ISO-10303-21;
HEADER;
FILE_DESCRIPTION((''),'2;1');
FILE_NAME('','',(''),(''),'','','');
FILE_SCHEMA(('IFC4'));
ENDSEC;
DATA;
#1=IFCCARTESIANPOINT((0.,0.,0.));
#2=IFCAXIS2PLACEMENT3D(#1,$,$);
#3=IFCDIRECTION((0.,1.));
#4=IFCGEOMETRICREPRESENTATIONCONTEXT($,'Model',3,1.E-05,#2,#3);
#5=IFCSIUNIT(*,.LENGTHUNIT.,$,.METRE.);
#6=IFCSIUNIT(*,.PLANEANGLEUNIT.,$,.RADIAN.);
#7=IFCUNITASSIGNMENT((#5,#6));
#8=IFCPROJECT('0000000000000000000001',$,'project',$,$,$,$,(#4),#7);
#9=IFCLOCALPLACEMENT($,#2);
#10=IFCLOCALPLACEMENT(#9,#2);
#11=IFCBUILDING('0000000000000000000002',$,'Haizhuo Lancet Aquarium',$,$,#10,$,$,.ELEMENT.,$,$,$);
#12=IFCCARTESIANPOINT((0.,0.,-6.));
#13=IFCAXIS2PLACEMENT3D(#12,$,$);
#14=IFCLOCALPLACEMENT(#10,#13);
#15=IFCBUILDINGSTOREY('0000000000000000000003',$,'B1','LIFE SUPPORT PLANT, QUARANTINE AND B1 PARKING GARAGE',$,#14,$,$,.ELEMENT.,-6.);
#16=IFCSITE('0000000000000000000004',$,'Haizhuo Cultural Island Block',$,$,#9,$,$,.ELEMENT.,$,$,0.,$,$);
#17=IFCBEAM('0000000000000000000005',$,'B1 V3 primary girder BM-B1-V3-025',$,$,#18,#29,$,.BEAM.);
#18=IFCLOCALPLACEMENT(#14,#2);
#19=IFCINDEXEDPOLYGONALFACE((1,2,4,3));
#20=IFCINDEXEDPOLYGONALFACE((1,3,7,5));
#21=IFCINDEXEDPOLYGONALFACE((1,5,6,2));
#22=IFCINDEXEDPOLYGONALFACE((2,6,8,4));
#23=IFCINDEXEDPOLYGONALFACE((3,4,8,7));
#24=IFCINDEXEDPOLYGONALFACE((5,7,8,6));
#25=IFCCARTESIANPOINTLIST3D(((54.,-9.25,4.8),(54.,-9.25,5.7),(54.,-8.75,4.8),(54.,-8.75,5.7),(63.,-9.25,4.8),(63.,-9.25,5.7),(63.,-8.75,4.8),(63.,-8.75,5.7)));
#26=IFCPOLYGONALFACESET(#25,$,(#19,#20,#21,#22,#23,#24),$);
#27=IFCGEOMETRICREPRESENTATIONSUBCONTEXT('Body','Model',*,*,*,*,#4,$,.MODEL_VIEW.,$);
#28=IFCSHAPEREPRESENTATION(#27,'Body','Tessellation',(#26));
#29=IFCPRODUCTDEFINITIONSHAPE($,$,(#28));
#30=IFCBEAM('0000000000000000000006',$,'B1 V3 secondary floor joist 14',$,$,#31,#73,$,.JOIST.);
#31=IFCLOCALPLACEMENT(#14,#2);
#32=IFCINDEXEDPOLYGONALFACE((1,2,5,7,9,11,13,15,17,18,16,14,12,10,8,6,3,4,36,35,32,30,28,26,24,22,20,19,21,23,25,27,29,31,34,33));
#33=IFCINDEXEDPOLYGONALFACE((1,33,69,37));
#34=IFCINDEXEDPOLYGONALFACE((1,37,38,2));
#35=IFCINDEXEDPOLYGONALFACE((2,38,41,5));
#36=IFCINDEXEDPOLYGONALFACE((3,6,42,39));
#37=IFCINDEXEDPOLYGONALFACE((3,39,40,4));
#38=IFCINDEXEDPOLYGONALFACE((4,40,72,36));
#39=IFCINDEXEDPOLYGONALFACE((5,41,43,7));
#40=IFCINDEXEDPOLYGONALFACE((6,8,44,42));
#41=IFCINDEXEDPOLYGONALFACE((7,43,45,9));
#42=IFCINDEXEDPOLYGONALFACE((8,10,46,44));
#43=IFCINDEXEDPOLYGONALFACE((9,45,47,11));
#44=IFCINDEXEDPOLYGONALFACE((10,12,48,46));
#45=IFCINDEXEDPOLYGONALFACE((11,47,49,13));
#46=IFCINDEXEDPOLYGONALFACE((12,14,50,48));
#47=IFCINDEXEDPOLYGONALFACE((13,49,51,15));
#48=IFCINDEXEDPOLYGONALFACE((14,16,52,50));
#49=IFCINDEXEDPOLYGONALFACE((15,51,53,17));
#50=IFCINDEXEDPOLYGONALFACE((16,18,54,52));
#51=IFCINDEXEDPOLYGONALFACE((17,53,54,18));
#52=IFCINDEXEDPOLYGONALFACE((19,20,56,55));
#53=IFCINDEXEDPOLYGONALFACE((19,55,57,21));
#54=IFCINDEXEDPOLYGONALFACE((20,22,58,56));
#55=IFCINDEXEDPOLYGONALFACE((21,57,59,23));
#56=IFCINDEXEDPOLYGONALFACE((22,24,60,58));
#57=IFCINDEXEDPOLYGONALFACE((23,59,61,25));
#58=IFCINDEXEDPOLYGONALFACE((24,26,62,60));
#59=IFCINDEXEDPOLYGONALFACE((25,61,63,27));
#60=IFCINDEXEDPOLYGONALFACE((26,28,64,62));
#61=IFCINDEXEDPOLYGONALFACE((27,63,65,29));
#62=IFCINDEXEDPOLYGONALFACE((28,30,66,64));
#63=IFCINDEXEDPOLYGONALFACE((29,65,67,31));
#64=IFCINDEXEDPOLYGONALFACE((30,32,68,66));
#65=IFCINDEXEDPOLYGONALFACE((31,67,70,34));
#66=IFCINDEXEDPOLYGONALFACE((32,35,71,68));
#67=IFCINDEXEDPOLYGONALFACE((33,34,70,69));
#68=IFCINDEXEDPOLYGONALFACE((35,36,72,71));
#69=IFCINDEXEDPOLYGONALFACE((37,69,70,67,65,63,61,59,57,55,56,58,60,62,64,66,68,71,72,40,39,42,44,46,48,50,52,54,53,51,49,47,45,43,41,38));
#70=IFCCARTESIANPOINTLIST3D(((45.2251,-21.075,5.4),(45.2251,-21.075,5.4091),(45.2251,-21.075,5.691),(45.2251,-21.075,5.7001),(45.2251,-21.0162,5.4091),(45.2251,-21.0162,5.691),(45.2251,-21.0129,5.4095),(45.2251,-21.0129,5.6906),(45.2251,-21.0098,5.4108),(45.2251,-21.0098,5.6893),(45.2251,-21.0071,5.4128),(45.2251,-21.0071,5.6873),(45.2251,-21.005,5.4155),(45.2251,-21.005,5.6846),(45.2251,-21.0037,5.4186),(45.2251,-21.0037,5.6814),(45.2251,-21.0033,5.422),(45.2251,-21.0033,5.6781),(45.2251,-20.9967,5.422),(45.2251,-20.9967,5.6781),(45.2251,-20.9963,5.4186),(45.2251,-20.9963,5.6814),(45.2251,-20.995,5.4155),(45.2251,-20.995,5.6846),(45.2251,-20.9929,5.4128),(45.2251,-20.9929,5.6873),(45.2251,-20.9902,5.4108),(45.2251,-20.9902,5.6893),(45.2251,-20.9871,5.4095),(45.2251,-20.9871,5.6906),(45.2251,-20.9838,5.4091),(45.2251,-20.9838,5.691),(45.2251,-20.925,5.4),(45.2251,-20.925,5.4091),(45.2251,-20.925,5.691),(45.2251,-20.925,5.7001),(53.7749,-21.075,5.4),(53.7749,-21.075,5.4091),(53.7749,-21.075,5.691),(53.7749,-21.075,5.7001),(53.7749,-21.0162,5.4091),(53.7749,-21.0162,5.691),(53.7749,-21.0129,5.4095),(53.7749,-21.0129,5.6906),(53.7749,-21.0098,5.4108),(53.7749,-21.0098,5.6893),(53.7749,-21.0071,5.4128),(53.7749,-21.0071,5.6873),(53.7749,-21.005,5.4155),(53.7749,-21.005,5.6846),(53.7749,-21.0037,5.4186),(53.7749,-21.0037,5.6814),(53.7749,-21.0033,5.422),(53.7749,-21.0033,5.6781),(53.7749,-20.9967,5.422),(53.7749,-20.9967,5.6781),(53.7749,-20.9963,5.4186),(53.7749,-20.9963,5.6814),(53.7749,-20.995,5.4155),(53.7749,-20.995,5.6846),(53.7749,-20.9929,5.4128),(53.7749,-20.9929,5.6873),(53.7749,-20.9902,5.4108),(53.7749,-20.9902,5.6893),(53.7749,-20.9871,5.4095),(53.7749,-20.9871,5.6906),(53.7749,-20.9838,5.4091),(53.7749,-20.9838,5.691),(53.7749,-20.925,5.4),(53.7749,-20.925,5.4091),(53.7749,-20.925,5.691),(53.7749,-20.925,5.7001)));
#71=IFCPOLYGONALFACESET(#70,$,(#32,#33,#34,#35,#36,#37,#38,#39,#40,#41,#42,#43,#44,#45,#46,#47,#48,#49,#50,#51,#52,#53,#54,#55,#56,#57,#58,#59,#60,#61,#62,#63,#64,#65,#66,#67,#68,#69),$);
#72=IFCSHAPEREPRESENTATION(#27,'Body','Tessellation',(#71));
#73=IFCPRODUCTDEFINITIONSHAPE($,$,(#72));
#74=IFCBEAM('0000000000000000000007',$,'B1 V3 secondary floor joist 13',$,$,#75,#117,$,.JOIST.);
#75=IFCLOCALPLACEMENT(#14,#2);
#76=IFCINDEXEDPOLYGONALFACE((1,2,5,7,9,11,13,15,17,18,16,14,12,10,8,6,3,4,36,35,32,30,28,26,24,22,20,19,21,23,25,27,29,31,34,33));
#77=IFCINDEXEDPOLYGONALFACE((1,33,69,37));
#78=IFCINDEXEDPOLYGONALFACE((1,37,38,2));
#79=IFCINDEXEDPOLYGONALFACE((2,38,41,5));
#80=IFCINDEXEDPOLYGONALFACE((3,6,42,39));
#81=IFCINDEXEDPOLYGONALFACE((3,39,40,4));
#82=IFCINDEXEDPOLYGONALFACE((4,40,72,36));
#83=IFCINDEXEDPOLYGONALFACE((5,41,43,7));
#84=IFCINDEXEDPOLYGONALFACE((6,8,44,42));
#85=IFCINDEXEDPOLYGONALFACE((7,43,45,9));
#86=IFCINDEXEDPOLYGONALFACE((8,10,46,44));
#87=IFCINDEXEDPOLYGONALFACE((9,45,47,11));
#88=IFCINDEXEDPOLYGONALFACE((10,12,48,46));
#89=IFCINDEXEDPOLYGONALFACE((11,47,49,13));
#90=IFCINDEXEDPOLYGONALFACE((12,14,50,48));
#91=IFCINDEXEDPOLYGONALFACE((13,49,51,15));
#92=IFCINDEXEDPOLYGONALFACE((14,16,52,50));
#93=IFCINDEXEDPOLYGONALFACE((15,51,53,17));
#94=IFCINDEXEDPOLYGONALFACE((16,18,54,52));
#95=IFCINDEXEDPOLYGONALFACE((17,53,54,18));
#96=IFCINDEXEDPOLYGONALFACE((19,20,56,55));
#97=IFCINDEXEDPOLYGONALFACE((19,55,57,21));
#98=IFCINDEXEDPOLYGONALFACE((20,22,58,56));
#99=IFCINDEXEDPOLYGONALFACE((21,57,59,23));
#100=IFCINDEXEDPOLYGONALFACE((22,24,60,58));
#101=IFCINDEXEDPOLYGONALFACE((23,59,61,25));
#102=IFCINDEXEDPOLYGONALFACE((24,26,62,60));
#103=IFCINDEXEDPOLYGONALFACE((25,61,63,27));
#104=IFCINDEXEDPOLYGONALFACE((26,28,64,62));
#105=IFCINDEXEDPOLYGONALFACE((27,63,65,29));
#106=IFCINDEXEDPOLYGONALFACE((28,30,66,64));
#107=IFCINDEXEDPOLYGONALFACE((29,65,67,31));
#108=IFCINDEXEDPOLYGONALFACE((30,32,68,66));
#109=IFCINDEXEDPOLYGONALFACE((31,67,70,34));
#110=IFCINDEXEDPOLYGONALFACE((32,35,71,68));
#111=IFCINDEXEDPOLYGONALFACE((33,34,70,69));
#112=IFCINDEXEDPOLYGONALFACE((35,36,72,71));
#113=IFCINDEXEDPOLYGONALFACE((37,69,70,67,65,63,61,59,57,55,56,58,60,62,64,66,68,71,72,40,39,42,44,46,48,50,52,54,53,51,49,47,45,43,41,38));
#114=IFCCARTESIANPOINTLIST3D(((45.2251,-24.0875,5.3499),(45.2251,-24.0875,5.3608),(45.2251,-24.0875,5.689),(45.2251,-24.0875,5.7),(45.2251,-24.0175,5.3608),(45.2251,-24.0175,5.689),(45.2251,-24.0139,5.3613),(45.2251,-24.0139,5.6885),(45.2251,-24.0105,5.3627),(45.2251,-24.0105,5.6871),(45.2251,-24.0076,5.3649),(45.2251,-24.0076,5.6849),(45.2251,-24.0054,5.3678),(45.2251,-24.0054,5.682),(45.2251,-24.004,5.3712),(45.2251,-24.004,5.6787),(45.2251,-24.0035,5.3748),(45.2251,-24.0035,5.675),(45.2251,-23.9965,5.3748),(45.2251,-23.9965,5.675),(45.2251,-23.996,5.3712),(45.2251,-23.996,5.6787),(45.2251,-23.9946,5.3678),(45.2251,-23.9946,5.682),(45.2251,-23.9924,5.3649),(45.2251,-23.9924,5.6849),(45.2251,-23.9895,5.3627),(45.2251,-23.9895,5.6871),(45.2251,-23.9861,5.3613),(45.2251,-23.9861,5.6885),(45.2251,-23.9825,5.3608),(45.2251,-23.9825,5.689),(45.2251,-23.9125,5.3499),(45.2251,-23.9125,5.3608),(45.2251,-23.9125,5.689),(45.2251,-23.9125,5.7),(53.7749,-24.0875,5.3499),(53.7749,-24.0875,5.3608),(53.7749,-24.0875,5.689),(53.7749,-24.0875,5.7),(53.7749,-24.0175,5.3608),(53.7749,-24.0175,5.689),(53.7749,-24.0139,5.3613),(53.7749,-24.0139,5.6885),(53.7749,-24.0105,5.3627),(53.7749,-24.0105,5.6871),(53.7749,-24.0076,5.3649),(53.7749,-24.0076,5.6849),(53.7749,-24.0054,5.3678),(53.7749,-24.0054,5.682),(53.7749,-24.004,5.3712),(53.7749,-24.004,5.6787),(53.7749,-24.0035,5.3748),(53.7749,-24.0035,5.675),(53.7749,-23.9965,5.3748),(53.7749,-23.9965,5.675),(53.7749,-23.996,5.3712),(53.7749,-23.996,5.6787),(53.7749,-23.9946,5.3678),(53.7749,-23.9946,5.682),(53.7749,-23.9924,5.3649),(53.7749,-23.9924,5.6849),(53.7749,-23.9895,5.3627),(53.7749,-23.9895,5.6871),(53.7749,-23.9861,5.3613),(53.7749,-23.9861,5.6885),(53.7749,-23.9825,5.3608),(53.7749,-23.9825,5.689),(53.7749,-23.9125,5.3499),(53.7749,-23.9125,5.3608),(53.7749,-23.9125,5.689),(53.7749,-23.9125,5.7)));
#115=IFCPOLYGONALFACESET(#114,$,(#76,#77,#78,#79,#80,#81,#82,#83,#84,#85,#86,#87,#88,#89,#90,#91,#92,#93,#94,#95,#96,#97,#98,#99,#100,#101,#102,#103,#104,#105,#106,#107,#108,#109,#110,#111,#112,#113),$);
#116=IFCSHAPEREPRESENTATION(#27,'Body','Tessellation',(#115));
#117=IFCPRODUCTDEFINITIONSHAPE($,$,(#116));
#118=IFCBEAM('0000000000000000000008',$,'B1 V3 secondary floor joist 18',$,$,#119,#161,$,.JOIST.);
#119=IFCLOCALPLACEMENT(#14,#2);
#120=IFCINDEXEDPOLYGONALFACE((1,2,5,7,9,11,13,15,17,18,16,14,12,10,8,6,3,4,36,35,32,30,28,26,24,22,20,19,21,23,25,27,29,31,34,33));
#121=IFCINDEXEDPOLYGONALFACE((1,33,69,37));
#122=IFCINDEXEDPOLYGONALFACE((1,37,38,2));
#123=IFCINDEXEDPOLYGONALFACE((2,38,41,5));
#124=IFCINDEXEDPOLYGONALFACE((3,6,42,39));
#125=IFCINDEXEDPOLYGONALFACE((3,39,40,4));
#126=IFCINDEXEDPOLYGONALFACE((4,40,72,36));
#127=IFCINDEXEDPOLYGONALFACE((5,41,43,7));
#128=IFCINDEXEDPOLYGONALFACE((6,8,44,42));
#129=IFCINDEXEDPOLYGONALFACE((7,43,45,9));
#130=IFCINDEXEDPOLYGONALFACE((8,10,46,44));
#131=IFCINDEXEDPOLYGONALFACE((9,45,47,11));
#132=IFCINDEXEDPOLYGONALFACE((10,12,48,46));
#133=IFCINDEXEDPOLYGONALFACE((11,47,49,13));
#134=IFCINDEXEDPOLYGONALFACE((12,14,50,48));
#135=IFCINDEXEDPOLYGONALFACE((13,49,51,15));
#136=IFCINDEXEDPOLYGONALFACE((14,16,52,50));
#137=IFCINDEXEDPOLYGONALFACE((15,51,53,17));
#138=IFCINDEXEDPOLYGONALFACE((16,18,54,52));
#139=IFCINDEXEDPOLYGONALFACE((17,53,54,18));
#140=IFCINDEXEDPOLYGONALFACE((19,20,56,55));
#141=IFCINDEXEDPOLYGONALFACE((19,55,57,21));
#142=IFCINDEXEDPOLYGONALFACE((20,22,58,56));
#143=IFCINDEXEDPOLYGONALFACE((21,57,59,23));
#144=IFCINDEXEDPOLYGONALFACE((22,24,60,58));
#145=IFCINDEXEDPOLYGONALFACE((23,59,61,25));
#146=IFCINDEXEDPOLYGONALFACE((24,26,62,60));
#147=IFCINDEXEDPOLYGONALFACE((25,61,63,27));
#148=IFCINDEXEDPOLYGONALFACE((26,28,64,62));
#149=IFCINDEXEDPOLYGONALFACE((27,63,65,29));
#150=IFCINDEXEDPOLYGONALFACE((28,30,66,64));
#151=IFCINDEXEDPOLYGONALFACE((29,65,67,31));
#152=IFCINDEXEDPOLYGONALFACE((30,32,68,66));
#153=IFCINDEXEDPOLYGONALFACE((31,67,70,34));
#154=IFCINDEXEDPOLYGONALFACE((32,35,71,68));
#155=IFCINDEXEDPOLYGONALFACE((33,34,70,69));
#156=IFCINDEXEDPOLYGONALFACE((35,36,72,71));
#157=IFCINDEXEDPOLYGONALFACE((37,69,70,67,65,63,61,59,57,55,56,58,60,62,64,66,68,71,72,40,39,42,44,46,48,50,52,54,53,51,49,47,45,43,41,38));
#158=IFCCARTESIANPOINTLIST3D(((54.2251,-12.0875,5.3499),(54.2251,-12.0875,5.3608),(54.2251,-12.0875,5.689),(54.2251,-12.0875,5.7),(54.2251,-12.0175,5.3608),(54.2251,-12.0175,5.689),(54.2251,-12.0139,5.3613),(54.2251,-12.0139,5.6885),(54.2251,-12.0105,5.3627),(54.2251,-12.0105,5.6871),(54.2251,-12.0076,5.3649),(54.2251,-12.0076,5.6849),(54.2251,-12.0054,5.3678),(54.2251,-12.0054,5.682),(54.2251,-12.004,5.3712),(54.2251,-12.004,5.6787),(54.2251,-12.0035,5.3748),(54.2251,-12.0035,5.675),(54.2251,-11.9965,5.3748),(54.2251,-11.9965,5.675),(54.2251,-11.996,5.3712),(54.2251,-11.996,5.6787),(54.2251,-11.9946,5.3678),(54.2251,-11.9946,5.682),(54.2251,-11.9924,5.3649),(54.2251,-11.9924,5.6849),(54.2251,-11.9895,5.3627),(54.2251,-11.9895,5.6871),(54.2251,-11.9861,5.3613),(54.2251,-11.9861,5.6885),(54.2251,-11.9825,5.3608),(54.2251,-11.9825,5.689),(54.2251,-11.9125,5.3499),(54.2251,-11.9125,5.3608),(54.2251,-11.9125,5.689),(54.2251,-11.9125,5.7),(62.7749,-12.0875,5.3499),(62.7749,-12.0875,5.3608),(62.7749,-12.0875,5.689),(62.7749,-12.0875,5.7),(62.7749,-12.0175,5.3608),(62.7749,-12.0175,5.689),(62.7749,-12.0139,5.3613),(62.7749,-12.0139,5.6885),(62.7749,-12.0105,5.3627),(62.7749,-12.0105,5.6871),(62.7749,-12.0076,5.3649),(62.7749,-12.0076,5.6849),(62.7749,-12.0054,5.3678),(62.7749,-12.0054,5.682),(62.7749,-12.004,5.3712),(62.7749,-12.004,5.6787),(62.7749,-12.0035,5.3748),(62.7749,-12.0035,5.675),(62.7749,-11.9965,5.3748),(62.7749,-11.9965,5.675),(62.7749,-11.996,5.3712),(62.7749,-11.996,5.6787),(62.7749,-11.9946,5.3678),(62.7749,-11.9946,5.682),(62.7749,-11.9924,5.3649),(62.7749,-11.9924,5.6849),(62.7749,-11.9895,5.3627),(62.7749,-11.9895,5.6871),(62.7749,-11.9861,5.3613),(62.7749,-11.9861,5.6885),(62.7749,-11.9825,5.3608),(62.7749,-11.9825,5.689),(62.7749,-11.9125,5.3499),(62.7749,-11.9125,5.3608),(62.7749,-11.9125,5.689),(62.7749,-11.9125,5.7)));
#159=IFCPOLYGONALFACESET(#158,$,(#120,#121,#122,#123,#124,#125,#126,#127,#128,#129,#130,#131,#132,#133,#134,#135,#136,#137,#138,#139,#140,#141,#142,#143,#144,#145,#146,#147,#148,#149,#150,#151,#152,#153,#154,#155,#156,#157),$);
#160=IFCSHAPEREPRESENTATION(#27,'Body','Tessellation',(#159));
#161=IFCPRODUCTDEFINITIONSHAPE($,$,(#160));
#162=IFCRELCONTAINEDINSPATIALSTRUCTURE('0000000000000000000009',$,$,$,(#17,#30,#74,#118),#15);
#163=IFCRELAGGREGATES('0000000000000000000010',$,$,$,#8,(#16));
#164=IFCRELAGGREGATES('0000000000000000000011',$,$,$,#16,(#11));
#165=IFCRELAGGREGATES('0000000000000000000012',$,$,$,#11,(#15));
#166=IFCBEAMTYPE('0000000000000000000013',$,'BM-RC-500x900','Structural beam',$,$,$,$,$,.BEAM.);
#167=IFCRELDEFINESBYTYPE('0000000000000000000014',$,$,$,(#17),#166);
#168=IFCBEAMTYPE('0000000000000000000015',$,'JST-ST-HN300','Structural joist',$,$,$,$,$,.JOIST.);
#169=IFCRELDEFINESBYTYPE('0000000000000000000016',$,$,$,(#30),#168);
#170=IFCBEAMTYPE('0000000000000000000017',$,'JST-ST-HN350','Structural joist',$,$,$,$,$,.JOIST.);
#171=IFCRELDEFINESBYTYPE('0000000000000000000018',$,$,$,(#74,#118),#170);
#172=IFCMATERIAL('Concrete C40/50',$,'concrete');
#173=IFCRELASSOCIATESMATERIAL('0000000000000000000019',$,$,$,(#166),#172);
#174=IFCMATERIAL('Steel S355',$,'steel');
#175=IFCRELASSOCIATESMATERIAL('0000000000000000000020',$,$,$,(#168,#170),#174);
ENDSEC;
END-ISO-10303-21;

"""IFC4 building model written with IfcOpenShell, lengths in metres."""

from ifc_helpers import new_model, si_unit, direction, frame, origin, origin_2d, place, context, subcontext, project, spatial, rectangle, i_section, extrude, material, material_profile, profile_set, type_object, element, save


model = new_model("IFC4")

# Units and contexts
model_context = context("Model", 3, precision=1e-05, world=origin(), true_north=direction((0.0, 1.0)))
body_context = subcontext(model_context, "Body", "Model", "MODEL_VIEW")
ifc_project = project(units=[si_unit("LENGTHUNIT", "METRE"), si_unit("PLANEANGLEUNIT", "RADIAN")], contexts=[model_context])

# Site, building, storey
site_placement = place(None, origin())
site = spatial("IfcSite", under=ifc_project, at=site_placement, Name="Haizhuo Cultural Island Block", CompositionType="ELEMENT", RefElevation=0.0)
building_placement = place(site_placement, origin())
building = spatial("IfcBuilding", under=site, at=building_placement, Name="Haizhuo Lancet Aquarium", CompositionType="ELEMENT")
storey_placement = place(building_placement, frame((0.0, 0.0, -6.0)))
storey = spatial("IfcBuildingStorey", under=building, at=storey_placement, Name="B1", Description="LIFE SUPPORT PLANT, QUARANTINE AND B1 PARKING GARAGE", CompositionType="ELEMENT", Elevation=-6.0)

# Shared definitions
ifc_material_1 = material(Name="Concrete C40/50", Category="concrete")

# Beams
ifc_material_profile_1 = material_profile(ifc_material_1, rectangle(XDim=0.5, YDim=0.8999, at=origin_2d()), Name="RC-BM 500x900")
ifc_profile_set_1 = profile_set([ifc_material_profile_1], Name="Concrete C40/50")
beam_type_1 = type_object("IfcBeamType", Name="BM-RC-500x900", Description="Structural beam", PredefinedType="BEAM", material=ifc_profile_set_1)
for number, where, z_axis, x_axis, name in (
    (1, (54.0, -9.0, 5.25), (1.0, 0.0, 0.0), (0.0, 1.0, 0.0), "B1 V3 primary girder BM-B1-V3-025"),
):
    element("IfcBeam", number, at=place(storey_placement, frame(where, z_axis=z_axis, x_axis=x_axis)), inside=storey, type_object=beam_type_1, Name=name, PredefinedType="BEAM", context=body_context, shape_type="SweptSolid", body=[
        extrude(rectangle(XDim=0.5, YDim=0.8999, at=origin_2d()), origin(), (0.0, 0.0, 1.0), 9.0),
    ])
ifc_material_2 = material(Name="Steel S355", Category="steel")
ifc_material_profile_2 = material_profile(ifc_material_2, i_section(OverallWidth=0.1499, OverallDepth=0.3, WebThickness=0.0066, FlangeThickness=0.009, FilletRadius=0.0129, at=origin_2d()), Name="HN 300x150x6.5x9")
ifc_profile_set_2 = profile_set([ifc_material_profile_2], Name="Steel S355")
beam_type_2 = type_object("IfcBeamType", Name="JST-ST-HN300", Description="Structural joist", PredefinedType="JOIST", material=ifc_profile_set_2)
beam_1_placement = place(storey_placement, frame((45.2251, -21.0, 5.55), z_axis=(1.0, 0.0, 0.0), x_axis=(0.0, 1.0, 0.0)))
element("IfcBeam", 2, at=beam_1_placement, inside=storey, type_object=beam_type_2, Name="B1 V3 secondary floor joist 14", PredefinedType="JOIST", context=body_context, shape_type="SweptSolid", body=[
    extrude(i_section(OverallWidth=0.1499, OverallDepth=0.3, WebThickness=0.0066, FlangeThickness=0.009, FilletRadius=0.0129, at=origin_2d()), origin(), (0.0, 0.0, 1.0), 8.5498),
])
ifc_material_profile_3 = material_profile(ifc_material_2, i_section(OverallWidth=0.175, OverallDepth=0.3501, WebThickness=0.0071, FlangeThickness=0.011, FilletRadius=0.0139, at=origin_2d()), Name="HN 350x175x7x11")
ifc_profile_set_3 = profile_set([ifc_material_profile_3], Name="Steel S355")
beam_type_3 = type_object("IfcBeamType", Name="JST-ST-HN350", Description="Structural joist", PredefinedType="JOIST", material=ifc_profile_set_3)
for number, where, z_axis, x_axis, name in (
    (3, (45.2251, -24.0, 5.5249), (1.0, 0.0, 0.0), (0.0, 1.0, 0.0), "B1 V3 secondary floor joist 13"),
    (4, (54.2251, -12.0, 5.5249), (1.0, 0.0, 0.0), (0.0, 1.0, 0.0), "B1 V3 secondary floor joist 18"),
):
    element("IfcBeam", number, at=place(storey_placement, frame(where, z_axis=z_axis, x_axis=x_axis)), inside=storey, type_object=beam_type_3, Name=name, PredefinedType="JOIST", context=body_context, shape_type="SweptSolid", body=[
        extrude(i_section(OverallWidth=0.175, OverallDepth=0.3501, WebThickness=0.0071, FlangeThickness=0.011, FilletRadius=0.0139, at=origin_2d()), origin(), (0.0, 0.0, 1.0), 8.5498),
    ])

save(model, "model.ifc")
